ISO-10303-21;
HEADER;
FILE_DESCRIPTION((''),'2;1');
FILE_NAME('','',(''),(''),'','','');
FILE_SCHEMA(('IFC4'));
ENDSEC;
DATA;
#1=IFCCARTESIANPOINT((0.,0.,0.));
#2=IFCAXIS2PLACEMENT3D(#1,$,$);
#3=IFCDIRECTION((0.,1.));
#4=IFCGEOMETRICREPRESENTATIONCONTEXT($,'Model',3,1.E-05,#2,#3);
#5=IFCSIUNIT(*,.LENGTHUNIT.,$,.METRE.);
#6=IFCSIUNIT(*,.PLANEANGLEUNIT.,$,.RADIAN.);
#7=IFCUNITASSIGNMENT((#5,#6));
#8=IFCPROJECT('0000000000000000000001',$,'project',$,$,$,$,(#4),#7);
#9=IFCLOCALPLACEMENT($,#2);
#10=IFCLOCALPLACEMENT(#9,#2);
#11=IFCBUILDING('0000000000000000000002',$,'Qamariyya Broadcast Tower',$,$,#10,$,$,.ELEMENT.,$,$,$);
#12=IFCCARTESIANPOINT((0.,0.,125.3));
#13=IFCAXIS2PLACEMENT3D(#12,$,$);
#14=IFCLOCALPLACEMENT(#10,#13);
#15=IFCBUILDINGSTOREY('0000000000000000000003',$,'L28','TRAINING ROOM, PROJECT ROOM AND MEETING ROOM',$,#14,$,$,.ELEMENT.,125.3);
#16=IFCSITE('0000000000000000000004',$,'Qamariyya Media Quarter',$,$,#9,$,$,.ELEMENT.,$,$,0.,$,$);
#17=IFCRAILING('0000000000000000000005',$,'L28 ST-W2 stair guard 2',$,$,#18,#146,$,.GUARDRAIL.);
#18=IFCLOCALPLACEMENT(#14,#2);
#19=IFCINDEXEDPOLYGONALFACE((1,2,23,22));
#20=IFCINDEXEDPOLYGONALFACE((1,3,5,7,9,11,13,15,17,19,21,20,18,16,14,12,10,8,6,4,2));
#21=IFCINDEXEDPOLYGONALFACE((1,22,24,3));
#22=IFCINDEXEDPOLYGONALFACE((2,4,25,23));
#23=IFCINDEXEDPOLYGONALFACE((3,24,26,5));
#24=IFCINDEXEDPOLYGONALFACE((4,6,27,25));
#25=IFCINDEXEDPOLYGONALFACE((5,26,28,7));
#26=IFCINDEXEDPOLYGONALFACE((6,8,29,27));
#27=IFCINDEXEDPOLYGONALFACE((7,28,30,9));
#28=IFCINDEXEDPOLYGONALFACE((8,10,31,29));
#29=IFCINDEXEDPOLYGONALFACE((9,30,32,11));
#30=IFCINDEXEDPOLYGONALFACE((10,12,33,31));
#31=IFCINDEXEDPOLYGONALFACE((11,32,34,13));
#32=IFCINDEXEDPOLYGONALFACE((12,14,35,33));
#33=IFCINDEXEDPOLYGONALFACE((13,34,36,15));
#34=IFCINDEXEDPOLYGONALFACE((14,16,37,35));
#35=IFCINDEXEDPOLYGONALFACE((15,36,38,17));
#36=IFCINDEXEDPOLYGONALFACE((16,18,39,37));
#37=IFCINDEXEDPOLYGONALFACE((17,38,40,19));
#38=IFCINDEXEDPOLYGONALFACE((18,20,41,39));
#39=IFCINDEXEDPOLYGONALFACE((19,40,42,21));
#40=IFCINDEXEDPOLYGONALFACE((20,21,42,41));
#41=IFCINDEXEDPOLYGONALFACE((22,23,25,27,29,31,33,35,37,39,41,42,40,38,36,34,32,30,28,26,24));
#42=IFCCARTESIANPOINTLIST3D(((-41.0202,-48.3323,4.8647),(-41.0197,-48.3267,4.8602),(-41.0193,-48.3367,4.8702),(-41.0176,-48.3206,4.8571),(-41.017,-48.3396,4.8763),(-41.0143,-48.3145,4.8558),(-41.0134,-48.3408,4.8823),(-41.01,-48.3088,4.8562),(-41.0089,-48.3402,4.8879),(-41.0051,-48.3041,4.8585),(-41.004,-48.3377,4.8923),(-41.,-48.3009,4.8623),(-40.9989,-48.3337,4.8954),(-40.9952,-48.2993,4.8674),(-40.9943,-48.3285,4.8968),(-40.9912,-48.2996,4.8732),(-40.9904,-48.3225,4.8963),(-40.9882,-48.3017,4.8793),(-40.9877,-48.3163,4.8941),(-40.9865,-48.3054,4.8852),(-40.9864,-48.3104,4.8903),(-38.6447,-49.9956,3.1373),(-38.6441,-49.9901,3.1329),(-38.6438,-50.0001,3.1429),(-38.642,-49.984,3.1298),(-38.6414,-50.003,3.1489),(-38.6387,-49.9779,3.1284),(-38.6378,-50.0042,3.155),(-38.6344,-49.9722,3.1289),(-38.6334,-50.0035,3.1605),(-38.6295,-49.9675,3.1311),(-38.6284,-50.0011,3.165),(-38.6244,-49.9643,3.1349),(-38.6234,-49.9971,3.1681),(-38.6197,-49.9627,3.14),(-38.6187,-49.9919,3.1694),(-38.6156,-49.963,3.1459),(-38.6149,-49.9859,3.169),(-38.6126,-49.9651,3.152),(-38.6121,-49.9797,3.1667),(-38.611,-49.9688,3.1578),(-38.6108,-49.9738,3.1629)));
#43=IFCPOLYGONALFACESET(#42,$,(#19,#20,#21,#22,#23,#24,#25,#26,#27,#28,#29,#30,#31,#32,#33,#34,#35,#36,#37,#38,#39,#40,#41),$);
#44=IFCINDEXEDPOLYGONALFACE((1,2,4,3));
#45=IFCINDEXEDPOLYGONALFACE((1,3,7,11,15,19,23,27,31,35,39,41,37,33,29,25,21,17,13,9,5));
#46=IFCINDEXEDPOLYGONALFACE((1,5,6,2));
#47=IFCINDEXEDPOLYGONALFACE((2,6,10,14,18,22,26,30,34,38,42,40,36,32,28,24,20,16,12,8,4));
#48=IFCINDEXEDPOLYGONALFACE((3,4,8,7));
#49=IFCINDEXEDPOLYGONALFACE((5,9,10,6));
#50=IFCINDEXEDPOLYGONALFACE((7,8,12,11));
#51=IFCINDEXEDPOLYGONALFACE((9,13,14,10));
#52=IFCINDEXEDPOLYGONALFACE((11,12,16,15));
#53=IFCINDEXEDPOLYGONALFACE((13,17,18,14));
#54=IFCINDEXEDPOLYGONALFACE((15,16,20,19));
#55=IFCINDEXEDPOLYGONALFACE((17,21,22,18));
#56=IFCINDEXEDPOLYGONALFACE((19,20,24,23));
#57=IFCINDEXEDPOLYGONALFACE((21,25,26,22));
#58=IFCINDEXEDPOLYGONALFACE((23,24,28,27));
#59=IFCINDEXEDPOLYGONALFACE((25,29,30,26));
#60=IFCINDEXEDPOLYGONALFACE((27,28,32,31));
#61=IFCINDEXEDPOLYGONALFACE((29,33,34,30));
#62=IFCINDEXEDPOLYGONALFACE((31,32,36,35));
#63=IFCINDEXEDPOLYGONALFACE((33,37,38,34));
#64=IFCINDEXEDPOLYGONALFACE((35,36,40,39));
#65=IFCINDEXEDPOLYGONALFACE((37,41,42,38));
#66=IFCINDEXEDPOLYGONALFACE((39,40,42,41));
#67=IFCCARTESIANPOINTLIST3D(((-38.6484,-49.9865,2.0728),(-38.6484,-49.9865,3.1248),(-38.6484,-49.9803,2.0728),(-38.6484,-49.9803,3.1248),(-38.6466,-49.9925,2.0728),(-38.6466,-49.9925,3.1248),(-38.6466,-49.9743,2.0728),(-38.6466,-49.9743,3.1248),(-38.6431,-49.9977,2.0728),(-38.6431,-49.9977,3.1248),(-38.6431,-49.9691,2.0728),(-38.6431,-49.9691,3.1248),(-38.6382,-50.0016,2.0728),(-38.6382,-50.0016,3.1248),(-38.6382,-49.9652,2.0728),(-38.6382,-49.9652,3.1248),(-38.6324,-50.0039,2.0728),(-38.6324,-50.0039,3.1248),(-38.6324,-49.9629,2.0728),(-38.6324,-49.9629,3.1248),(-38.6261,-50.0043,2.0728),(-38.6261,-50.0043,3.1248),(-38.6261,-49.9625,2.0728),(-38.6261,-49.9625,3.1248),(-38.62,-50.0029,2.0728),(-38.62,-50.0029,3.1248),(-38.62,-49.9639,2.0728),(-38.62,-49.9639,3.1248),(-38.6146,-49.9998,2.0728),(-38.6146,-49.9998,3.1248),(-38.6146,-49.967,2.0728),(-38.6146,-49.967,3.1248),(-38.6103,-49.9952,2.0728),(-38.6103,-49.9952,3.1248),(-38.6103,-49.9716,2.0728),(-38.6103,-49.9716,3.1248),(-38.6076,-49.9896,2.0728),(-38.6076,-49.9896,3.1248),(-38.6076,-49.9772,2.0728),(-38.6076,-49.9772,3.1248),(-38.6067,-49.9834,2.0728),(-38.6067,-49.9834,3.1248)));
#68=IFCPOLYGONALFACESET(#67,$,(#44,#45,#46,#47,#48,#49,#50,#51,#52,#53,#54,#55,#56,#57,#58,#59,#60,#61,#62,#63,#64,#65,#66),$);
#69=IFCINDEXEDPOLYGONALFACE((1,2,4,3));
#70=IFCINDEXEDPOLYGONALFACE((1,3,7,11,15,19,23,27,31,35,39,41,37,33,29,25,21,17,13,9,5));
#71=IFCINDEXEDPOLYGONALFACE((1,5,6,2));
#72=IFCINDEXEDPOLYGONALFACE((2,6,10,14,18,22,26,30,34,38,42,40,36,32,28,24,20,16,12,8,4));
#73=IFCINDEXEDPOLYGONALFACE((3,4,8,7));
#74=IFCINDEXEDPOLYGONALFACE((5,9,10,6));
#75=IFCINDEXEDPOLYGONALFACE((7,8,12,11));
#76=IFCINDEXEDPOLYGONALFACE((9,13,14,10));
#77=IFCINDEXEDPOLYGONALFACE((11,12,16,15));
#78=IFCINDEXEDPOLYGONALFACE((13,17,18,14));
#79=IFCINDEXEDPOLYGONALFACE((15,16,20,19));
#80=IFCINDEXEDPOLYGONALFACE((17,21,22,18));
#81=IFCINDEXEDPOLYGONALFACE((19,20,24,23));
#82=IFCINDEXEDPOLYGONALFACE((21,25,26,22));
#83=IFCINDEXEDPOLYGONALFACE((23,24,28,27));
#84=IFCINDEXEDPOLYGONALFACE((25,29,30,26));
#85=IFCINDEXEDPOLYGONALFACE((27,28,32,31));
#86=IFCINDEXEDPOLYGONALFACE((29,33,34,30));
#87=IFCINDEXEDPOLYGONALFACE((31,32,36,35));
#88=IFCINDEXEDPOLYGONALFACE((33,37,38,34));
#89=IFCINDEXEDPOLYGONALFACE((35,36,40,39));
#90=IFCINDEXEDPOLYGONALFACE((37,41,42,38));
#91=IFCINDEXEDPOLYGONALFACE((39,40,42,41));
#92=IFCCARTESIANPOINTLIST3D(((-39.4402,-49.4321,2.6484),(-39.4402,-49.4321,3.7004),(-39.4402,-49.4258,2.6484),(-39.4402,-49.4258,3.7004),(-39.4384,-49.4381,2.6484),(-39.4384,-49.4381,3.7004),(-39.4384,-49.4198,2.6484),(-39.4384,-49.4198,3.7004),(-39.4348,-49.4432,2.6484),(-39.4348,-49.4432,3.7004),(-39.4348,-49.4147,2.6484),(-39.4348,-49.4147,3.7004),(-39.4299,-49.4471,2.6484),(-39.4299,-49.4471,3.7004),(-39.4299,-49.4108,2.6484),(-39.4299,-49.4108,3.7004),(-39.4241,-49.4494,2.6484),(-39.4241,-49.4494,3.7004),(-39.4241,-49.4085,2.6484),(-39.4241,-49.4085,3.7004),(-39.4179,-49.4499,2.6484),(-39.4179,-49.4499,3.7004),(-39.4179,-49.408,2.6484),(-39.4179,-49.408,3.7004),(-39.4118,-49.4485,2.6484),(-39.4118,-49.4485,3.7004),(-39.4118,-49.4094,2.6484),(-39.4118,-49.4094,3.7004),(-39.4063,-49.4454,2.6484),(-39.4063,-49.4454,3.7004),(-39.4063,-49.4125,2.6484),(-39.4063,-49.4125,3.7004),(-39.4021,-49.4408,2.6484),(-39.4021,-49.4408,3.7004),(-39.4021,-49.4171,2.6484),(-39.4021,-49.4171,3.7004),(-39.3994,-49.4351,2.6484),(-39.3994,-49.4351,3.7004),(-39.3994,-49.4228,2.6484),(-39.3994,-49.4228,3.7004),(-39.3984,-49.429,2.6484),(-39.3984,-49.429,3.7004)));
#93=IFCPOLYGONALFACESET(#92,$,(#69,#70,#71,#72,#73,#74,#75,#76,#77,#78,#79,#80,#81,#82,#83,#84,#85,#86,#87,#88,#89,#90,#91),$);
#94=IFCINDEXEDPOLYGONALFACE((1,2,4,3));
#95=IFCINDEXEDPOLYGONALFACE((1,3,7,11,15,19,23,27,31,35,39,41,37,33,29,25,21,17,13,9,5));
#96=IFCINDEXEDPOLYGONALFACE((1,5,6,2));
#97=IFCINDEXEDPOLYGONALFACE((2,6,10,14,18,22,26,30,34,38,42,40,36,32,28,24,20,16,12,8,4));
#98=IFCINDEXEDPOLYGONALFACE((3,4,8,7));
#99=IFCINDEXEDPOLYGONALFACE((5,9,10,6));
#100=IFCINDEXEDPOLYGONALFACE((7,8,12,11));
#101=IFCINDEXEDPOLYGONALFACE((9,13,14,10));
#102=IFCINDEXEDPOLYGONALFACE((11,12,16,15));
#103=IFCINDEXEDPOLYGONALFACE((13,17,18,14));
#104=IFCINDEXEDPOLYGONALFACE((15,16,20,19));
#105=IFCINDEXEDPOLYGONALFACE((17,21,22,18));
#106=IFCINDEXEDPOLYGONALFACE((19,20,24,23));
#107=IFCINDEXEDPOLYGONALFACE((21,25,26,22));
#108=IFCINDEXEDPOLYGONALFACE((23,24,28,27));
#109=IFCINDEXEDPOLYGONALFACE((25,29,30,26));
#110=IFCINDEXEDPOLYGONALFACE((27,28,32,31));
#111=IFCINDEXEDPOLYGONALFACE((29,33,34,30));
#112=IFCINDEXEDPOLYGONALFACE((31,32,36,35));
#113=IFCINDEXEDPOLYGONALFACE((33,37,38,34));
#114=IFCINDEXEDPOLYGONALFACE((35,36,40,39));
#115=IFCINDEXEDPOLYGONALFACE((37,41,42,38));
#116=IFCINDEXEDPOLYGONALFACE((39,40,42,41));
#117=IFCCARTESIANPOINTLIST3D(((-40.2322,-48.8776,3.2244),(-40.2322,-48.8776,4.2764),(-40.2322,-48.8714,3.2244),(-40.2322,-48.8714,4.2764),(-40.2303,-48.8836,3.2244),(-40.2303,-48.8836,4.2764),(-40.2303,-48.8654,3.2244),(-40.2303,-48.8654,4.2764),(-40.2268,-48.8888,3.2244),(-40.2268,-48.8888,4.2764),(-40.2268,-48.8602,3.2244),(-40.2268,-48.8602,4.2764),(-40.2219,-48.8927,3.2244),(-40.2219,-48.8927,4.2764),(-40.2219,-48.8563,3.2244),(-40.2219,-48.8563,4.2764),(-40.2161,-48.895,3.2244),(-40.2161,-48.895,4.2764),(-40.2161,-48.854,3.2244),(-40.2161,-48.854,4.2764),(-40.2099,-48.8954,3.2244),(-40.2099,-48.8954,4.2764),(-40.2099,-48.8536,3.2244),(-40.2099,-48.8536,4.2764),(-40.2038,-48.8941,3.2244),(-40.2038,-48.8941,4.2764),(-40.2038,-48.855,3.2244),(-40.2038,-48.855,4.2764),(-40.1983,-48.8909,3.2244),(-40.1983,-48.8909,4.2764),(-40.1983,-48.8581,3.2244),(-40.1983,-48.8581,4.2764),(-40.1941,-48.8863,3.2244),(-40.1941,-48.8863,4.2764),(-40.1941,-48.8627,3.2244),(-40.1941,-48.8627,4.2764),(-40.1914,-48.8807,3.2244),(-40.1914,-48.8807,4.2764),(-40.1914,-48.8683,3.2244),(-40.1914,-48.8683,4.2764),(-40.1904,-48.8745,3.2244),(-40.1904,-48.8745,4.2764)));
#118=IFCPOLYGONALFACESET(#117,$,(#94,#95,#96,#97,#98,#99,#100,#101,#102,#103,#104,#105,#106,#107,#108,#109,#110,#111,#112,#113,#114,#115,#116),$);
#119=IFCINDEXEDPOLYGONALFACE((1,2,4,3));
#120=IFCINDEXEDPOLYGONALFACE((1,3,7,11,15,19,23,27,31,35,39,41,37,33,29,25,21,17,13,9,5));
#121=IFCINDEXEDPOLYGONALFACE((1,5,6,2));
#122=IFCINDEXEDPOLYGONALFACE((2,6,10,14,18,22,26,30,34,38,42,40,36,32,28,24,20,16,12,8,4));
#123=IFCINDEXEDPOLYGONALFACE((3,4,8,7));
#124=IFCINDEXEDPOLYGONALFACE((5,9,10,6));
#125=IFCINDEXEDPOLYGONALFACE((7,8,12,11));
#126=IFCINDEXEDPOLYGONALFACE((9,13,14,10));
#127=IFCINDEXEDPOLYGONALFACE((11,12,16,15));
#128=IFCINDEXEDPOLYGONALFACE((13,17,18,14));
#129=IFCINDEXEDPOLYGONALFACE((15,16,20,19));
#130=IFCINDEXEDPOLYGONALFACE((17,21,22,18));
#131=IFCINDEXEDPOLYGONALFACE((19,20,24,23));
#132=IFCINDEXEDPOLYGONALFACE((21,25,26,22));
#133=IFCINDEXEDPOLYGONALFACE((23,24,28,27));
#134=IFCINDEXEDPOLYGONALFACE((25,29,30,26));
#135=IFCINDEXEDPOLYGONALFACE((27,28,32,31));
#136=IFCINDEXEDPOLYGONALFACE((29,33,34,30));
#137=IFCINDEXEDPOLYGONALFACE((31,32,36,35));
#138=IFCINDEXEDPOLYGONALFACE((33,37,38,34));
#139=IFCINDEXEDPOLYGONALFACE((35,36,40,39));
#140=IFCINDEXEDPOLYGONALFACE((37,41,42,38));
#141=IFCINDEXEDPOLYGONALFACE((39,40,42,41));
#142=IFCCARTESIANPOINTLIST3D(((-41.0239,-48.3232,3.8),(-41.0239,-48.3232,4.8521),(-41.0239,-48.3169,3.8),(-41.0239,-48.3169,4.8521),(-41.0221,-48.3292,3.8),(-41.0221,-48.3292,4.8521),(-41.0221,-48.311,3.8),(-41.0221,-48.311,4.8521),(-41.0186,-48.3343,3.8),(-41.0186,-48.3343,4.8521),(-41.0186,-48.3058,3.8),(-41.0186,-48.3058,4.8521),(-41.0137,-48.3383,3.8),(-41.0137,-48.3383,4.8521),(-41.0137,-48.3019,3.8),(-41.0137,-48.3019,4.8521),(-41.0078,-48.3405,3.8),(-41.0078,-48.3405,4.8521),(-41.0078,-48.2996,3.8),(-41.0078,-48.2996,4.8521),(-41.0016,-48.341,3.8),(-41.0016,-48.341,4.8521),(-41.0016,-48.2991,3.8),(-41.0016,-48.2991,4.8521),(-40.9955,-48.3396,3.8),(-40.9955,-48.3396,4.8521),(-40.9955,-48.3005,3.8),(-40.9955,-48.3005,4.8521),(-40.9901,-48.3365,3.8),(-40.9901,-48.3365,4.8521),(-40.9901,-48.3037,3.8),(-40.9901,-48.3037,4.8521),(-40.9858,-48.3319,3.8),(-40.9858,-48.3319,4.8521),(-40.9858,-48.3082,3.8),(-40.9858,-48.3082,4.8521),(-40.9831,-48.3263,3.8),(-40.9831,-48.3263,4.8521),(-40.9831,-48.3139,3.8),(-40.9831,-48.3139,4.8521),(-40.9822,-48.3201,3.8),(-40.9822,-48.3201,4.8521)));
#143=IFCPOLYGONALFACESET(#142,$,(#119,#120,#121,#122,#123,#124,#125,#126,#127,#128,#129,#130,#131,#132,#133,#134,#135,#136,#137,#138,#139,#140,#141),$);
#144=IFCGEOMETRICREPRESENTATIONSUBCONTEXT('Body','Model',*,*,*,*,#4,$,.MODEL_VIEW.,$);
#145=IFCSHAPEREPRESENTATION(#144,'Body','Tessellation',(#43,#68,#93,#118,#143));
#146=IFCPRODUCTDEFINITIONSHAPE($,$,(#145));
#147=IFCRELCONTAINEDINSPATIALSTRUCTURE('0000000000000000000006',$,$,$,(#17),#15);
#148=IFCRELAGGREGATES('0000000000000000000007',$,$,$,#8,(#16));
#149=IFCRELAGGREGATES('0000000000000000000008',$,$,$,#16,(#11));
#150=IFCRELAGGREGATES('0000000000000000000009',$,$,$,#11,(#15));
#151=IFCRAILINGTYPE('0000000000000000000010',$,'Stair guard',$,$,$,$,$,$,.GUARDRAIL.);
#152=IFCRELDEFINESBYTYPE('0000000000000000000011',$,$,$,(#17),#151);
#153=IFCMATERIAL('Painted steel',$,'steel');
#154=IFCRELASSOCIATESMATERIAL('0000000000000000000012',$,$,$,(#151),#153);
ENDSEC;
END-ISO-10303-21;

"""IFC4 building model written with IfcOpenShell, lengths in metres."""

from ifc_helpers import new_model, si_unit, direction, frame, origin, origin_2d, place, context, subcontext, project, spatial, circle, extrude, material, type_object, element, save


model = new_model("IFC4")

# Units and contexts
model_context = context("Model", 3, precision=1e-05, world=origin(), true_north=direction((0.0, 1.0)))
body_context = subcontext(model_context, "Body", "Model", "MODEL_VIEW")
ifc_project = project(units=[si_unit("LENGTHUNIT", "METRE"), si_unit("PLANEANGLEUNIT", "RADIAN")], contexts=[model_context])

# Site, building, storey
site_placement = place(None, origin())
site = spatial("IfcSite", under=ifc_project, at=site_placement, Name="Qamariyya Media Quarter", CompositionType="ELEMENT", RefElevation=0.0)
building_placement = place(site_placement, origin())
building = spatial("IfcBuilding", under=site, at=building_placement, Name="Qamariyya Broadcast Tower", CompositionType="ELEMENT")
storey_placement = place(building_placement, frame((0.0, 0.0, 125.3)))
storey = spatial("IfcBuildingStorey", under=building, at=storey_placement, Name="L28", Description="TRAINING ROOM, PROJECT ROOM AND MEETING ROOM", CompositionType="ELEMENT", Elevation=125.3)

# Railing
ifc_material_1 = material(Name="Painted steel", Category="steel")
railing_type_1 = type_object("IfcRailingType", Name="Stair guard", PredefinedType="GUARDRAIL", material=ifc_material_1)
railing_1_placement = place(storey_placement, frame((-38.6277, -49.9834, 2.0728)))
element("IfcRailing", 1, at=railing_1_placement, inside=storey, type_object=railing_type_1, Name="L28 ST-W2 stair guard 2", PredefinedType="GUARDRAIL", context=body_context, shape_type="SweptSolid", body=[
    extrude(circle(Radius=0.0239, at=origin_2d()), frame((0.0, 0.0, 1.0762), z_axis=(-0.70377, 0.492784, 0.511734), x_axis=(-0.573575, -0.819153, 0.0)), (0.0, 0.0, 1.0), 3.3755),
    extrude(circle(Radius=0.021, at=origin_2d()), origin(), (0.0, 0.0, 1.0), 1.052),
    extrude(circle(Radius=0.021, at=origin_2d()), frame((-0.7917, 0.5544, 0.5757)), (0.0, 0.0, 1.0), 1.052),
    extrude(circle(Radius=0.021, at=origin_2d()), frame((-1.5837, 1.1089, 1.1516)), (0.0, 0.0, 1.0), 1.052),
    extrude(circle(Radius=0.021, at=origin_2d()), frame((-2.3755, 1.6633, 1.7273)), (0.0, 0.0, 1.0), 1.052),
])

save(model, "model.ifc")
